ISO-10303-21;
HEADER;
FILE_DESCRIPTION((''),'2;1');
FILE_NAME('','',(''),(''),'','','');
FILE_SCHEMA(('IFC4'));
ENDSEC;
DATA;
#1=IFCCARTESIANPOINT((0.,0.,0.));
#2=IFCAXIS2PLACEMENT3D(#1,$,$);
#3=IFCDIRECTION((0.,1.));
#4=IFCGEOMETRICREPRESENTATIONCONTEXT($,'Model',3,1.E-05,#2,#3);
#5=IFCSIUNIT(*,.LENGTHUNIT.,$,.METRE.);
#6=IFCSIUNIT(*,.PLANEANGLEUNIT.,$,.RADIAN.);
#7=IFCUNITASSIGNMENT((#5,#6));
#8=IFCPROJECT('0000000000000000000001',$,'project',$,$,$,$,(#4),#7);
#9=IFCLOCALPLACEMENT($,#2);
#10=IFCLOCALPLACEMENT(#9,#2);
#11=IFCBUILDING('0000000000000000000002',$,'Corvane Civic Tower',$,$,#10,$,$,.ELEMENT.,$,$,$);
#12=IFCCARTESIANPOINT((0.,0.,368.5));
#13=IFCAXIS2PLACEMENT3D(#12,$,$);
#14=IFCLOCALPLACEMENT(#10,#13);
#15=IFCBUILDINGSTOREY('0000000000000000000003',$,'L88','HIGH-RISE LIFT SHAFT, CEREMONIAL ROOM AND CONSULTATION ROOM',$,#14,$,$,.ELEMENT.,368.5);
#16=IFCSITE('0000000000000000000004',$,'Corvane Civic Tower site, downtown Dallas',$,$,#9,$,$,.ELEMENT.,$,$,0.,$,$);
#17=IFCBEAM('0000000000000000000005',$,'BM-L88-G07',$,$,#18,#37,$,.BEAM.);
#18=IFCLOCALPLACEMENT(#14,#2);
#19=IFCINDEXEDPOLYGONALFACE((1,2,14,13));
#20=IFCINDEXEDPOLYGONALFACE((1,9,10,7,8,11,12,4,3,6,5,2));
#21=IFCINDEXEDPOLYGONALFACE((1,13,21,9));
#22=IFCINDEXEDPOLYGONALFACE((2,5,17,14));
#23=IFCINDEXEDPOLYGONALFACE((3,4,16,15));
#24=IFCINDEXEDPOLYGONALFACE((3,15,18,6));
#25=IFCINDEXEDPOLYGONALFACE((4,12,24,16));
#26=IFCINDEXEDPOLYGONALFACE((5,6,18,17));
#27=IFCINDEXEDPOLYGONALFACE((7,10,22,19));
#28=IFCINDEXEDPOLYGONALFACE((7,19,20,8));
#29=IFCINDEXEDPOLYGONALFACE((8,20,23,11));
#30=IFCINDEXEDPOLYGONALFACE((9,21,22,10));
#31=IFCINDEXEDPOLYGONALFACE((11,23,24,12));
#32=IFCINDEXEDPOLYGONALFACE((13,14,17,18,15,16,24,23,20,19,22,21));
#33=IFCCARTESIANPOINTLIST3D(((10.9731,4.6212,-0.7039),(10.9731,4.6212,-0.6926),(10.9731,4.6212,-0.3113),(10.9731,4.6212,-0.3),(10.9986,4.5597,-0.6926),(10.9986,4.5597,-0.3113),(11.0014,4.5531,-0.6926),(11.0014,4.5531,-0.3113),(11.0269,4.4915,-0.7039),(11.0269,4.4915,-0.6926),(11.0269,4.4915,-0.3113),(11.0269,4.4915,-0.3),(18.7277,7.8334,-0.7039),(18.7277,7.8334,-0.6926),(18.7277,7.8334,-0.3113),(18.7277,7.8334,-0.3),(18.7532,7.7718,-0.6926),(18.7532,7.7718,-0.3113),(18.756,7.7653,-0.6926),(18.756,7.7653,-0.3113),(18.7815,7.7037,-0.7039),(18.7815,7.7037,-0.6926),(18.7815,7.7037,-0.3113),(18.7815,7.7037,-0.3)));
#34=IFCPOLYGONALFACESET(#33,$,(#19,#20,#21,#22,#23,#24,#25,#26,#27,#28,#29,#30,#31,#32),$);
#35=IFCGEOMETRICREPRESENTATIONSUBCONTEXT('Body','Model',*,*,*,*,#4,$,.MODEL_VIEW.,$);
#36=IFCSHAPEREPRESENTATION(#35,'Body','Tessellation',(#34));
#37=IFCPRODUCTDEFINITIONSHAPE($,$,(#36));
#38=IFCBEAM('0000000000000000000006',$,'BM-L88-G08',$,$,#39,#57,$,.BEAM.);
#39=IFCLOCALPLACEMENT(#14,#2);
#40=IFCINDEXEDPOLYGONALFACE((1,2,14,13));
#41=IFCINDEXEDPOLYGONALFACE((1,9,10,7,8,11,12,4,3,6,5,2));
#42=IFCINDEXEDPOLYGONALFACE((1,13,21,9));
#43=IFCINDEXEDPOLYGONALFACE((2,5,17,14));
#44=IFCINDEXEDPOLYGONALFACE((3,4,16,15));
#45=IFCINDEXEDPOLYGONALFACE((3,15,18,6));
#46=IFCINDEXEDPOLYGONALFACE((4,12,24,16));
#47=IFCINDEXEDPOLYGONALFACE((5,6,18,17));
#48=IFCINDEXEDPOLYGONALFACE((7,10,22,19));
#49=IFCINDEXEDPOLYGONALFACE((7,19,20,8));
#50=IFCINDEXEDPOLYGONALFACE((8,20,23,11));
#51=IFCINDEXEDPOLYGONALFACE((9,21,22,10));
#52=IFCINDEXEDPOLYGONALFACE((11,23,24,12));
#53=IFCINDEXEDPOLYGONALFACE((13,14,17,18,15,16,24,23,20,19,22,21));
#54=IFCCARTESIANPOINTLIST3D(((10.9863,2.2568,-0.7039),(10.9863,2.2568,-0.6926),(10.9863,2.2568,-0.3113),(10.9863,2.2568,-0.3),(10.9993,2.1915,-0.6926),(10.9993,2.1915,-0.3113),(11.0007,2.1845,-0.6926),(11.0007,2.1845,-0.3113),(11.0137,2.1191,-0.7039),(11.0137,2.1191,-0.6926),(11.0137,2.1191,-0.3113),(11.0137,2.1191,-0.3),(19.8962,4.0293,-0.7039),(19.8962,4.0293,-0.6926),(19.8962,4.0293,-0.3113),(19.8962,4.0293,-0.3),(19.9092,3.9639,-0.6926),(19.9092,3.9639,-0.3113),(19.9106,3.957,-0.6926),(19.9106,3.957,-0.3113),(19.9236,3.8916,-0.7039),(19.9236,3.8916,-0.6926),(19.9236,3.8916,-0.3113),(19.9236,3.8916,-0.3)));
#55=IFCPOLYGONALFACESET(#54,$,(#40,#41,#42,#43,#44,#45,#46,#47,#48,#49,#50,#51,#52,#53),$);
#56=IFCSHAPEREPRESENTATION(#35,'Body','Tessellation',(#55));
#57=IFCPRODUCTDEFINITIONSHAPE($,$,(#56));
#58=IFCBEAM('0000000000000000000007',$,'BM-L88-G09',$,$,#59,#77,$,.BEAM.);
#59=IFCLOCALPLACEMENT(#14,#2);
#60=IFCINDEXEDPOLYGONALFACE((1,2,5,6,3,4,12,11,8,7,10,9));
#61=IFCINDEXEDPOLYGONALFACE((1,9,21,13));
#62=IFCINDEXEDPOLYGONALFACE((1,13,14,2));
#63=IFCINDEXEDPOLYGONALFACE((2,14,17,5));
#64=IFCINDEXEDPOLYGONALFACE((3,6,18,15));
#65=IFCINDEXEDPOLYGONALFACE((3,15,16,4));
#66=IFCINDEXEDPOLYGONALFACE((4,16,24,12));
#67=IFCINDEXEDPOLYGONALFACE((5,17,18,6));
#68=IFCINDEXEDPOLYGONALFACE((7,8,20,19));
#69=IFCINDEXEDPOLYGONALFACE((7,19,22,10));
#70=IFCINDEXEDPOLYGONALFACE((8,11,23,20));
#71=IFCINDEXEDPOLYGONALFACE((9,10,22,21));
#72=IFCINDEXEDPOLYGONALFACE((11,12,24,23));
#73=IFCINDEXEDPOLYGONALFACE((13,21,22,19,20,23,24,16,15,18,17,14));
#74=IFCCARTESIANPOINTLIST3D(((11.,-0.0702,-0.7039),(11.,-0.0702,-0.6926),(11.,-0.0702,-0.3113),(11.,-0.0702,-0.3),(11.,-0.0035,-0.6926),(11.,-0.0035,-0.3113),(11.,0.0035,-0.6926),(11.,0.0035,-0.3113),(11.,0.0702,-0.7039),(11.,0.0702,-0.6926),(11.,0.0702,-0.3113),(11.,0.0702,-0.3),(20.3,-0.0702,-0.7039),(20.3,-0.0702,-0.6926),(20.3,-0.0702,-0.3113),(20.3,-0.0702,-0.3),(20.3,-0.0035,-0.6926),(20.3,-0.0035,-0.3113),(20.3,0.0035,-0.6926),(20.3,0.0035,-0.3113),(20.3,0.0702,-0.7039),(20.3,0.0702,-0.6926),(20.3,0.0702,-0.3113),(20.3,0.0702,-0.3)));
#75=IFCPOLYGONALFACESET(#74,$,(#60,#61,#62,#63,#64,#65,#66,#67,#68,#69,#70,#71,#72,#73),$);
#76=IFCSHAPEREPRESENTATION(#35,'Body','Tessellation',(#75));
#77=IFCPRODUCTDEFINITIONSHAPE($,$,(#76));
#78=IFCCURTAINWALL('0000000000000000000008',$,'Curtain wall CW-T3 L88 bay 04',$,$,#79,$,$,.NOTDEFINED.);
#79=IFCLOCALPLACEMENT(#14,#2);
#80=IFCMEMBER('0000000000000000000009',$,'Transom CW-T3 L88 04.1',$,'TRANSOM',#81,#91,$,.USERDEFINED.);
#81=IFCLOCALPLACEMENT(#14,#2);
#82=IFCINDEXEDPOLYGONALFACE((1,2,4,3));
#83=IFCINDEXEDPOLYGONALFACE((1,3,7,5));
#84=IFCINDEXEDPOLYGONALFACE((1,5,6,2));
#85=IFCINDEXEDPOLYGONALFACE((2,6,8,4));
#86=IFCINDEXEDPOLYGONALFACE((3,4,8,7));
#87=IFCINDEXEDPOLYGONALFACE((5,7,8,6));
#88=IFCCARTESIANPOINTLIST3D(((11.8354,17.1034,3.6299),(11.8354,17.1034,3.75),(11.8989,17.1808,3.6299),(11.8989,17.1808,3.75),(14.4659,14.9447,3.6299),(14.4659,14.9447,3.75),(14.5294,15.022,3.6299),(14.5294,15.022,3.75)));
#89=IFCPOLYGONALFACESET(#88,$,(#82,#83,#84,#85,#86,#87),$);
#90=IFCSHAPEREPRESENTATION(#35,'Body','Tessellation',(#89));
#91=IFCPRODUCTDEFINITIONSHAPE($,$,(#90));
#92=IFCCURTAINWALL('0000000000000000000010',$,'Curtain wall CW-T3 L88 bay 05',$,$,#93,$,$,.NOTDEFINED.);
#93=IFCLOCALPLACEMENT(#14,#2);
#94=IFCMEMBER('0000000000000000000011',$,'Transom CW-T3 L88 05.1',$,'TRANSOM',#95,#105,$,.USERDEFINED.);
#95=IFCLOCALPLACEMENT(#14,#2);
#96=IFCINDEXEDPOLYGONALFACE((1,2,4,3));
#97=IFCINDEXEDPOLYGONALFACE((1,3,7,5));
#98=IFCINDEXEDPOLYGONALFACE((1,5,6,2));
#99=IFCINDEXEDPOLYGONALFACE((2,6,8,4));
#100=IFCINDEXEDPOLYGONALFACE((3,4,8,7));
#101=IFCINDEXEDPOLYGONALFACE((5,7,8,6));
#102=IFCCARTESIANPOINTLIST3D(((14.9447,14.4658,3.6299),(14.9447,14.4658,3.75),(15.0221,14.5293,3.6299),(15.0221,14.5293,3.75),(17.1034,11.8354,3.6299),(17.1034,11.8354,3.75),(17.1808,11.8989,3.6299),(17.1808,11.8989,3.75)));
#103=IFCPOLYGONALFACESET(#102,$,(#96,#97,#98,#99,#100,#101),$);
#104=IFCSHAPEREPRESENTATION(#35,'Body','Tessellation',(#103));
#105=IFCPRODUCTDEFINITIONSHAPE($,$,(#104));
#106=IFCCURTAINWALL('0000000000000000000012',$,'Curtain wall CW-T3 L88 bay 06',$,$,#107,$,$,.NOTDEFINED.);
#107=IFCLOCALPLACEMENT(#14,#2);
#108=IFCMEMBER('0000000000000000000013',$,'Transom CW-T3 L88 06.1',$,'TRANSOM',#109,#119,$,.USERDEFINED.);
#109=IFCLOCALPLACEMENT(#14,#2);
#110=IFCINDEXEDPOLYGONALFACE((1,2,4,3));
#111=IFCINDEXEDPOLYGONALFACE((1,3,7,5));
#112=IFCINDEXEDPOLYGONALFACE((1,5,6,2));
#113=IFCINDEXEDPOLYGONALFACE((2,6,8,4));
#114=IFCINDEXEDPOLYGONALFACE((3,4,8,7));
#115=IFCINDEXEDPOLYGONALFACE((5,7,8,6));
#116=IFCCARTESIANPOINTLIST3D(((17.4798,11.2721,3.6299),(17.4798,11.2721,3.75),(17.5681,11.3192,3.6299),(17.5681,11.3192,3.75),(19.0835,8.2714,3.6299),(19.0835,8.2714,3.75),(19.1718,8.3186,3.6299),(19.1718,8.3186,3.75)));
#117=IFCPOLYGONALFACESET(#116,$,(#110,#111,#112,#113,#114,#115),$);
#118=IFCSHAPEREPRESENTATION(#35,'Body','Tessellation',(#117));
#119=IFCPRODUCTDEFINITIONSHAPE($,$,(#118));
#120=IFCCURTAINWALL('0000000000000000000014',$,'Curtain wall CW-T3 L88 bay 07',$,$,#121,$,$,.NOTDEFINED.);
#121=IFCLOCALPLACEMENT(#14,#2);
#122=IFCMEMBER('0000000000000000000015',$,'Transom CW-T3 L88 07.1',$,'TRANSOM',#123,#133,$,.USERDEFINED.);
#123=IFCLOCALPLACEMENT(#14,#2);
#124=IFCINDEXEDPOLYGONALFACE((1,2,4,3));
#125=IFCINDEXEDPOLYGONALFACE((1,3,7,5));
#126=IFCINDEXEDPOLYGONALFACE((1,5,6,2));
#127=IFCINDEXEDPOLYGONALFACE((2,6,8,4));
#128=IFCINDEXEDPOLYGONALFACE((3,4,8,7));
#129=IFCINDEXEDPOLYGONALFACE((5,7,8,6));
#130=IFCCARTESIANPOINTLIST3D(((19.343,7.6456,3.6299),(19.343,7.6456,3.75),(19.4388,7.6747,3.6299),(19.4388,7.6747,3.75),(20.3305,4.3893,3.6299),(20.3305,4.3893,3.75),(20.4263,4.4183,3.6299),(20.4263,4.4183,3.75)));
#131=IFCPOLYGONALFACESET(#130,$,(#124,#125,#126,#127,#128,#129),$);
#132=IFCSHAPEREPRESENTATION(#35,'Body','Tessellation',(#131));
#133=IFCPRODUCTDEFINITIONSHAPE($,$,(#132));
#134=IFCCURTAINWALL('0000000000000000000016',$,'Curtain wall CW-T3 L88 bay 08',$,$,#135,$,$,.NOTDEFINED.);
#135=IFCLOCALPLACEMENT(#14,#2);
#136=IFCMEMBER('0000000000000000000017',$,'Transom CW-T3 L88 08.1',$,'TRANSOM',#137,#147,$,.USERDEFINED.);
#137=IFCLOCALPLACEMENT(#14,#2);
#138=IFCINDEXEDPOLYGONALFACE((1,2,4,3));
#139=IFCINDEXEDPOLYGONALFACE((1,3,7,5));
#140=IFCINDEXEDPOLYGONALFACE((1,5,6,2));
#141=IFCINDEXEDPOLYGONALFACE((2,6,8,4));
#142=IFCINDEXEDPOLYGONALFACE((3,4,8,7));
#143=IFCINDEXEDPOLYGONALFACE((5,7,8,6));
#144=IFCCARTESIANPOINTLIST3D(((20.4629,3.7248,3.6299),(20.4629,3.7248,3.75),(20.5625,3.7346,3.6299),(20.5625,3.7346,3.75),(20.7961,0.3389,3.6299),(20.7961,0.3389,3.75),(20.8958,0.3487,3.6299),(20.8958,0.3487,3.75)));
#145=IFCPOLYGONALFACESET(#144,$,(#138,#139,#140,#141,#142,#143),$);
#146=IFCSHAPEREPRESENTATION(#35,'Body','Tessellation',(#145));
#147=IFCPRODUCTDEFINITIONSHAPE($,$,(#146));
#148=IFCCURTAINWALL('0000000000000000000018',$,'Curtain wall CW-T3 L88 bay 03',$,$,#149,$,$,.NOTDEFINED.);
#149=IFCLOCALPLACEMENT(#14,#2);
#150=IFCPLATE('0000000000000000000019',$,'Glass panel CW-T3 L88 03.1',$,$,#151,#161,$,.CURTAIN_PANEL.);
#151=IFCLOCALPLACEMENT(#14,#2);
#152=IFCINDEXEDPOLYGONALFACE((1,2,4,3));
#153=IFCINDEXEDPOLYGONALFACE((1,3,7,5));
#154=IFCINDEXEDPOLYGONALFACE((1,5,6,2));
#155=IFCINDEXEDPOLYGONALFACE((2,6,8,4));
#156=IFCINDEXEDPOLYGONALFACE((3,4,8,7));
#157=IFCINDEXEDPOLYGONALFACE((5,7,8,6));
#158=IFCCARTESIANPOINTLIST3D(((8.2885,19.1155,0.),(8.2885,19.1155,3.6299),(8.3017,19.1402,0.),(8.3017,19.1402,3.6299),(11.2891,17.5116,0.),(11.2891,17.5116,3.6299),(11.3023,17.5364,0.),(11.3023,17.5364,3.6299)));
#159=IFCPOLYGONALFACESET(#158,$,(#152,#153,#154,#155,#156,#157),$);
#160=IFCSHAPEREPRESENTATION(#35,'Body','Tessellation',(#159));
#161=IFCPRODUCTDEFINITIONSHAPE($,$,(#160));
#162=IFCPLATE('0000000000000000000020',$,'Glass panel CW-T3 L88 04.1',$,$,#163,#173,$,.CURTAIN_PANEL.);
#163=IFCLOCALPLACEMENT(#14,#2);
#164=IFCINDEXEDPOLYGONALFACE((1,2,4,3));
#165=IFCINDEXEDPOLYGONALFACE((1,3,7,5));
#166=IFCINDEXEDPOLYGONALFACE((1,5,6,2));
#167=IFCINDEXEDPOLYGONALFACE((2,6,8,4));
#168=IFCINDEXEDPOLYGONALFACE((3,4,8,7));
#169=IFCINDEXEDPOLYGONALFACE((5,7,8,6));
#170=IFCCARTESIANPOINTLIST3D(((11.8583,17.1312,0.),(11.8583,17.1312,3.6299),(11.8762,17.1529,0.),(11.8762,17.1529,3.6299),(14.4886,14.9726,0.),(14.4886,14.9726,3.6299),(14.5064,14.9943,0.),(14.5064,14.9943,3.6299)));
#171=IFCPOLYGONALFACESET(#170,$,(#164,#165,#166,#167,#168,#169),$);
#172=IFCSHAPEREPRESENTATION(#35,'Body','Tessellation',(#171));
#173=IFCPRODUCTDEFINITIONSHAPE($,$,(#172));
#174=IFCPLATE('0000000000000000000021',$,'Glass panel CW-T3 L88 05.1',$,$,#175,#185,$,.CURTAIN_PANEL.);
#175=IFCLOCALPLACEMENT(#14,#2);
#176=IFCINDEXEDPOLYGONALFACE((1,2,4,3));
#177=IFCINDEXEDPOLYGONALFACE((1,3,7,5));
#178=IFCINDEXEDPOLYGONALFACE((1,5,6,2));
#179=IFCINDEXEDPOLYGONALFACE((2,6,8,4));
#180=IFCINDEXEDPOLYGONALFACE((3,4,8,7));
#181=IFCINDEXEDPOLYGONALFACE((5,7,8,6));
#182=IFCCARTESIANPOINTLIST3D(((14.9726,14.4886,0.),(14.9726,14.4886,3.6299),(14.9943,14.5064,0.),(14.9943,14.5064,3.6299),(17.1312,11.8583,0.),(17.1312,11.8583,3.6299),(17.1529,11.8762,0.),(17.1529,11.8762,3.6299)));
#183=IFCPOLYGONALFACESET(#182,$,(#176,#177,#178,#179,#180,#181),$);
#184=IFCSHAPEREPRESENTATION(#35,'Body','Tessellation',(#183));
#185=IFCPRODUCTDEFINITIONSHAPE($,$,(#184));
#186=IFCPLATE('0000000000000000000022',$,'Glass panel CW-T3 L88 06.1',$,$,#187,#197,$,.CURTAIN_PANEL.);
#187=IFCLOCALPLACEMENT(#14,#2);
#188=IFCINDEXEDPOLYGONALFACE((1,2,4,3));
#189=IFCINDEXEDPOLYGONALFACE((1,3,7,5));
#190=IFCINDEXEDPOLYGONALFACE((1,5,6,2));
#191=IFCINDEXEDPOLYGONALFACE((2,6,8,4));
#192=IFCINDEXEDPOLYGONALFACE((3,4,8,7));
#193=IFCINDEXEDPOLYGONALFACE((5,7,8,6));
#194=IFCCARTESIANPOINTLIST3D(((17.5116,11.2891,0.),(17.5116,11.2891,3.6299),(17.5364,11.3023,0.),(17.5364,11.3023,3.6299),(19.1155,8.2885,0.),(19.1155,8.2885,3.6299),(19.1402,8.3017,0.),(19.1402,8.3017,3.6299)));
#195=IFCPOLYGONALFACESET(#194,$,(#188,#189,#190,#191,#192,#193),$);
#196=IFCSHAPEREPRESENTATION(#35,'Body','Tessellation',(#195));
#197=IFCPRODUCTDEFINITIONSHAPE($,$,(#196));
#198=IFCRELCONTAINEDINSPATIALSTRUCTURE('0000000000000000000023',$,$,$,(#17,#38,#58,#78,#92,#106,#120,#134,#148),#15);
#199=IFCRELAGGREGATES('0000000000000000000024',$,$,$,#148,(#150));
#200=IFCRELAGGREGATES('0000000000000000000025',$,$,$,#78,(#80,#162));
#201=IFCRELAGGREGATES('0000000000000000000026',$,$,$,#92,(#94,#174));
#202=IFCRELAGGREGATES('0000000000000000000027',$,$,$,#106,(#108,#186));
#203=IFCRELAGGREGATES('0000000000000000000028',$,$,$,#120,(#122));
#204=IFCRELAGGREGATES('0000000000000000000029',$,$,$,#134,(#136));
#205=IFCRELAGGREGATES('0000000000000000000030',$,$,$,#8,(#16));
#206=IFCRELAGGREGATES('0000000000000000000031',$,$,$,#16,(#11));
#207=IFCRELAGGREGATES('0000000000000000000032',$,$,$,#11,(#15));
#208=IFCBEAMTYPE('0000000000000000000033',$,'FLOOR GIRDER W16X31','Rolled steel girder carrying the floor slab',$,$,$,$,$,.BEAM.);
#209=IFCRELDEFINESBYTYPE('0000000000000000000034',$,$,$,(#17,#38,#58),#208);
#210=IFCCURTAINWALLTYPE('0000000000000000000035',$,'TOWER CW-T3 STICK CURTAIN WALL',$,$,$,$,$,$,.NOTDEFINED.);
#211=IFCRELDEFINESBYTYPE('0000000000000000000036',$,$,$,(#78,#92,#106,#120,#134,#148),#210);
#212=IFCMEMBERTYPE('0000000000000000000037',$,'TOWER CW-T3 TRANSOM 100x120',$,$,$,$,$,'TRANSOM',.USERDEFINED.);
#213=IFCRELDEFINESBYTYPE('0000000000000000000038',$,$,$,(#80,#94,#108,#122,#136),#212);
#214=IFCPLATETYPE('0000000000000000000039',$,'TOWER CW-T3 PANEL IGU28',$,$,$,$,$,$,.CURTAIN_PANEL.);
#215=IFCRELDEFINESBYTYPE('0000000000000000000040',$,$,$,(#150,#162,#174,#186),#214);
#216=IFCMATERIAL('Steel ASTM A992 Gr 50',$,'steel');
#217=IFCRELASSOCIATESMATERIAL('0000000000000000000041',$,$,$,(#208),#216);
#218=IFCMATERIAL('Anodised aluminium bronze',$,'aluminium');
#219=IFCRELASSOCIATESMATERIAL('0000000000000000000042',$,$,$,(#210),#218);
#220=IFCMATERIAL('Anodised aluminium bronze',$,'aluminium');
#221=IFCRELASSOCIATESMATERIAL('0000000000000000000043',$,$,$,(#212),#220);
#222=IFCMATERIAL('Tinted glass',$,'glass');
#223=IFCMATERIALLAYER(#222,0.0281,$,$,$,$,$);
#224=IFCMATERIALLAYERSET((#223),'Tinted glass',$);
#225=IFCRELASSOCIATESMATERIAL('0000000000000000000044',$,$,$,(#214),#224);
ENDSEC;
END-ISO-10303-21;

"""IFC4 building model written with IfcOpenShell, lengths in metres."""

from ifc_helpers import new_model, si_unit, direction, frame, origin, origin_2d, place, context, subcontext, project, spatial, rectangle, i_section, extrude, material, layer, layer_set, material_profile, profile_set, type_object, element, aggregate, save


model = new_model("IFC4")

# Units and contexts
model_context = context("Model", 3, precision=1e-05, world=origin(), true_north=direction((0.0, 1.0)))
body_context = subcontext(model_context, "Body", "Model", "MODEL_VIEW")
ifc_project = project(units=[si_unit("LENGTHUNIT", "METRE"), si_unit("PLANEANGLEUNIT", "RADIAN")], contexts=[model_context])

# Site, building, storey
site_placement = place(None, origin())
site = spatial("IfcSite", under=ifc_project, at=site_placement, Name="Corvane Civic Tower site, downtown Dallas", CompositionType="ELEMENT", RefElevation=0.0)
building_placement = place(site_placement, origin())
building = spatial("IfcBuilding", under=site, at=building_placement, Name="Corvane Civic Tower", CompositionType="ELEMENT")
storey_placement = place(building_placement, frame((0.0, 0.0, 368.5)))
storey = spatial("IfcBuildingStorey", under=building, at=storey_placement, Name="L88", Description="HIGH-RISE LIFT SHAFT, CEREMONIAL ROOM AND CONSULTATION ROOM", CompositionType="ELEMENT", Elevation=368.5)

# Beams
ifc_material_1 = material(Name="Steel ASTM A992 Gr 50", Category="steel")
ifc_material_profile_1 = material_profile(ifc_material_1, i_section(OverallWidth=0.1404, OverallDepth=0.4038, WebThickness=0.0071, FlangeThickness=0.0112, at=origin_2d()), Name="W16X31")
ifc_profile_set_1 = profile_set([ifc_material_profile_1], Name="Steel ASTM A992 Gr 50")
beam_type_1 = type_object("IfcBeamType", Name="FLOOR GIRDER W16X31", Description="Rolled steel girder carrying the floor slab", PredefinedType="BEAM", material=ifc_profile_set_1)
beam_1_placement = place(storey_placement, frame((11.0, 4.5564, -0.502), z_axis=(0.923876, 0.382692, 0.0), x_axis=(-0.382692, 0.923876, 0.0)))
element("IfcBeam", 1, at=beam_1_placement, inside=storey, type_object=beam_type_1, Name="BM-L88-G07", PredefinedType="BEAM", context=body_context, shape_type="SweptSolid", body=[
    extrude(i_section(OverallWidth=0.1404, OverallDepth=0.4038, WebThickness=0.0071, FlangeThickness=0.0112, at=origin_2d()), origin(), (0.0, 0.0, 1.0), 8.3936),
])
beam_2_placement = place(storey_placement, frame((11.0, 2.188, -0.502), z_axis=(0.980782, 0.195108, 0.0), x_axis=(-0.195108, 0.980782, 0.0)))
element("IfcBeam", 2, at=beam_2_placement, inside=storey, type_object=beam_type_1, Name="BM-L88-G08", PredefinedType="BEAM", context=body_context, shape_type="SweptSolid", body=[
    extrude(i_section(OverallWidth=0.1404, OverallDepth=0.4038, WebThickness=0.0071, FlangeThickness=0.0112, at=origin_2d()), origin(), (0.0, 0.0, 1.0), 9.0845),
])
beam_3_placement = place(storey_placement, frame((11.0, 0.0, -0.502), z_axis=(1.0, 0.0, 0.0), x_axis=(0.0, 1.0, 0.0)))
element("IfcBeam", 3, at=beam_3_placement, inside=storey, type_object=beam_type_1, Name="BM-L88-G09", PredefinedType="BEAM", context=body_context, shape_type="SweptSolid", body=[
    extrude(i_section(OverallWidth=0.1404, OverallDepth=0.4038, WebThickness=0.0071, FlangeThickness=0.0112, at=origin_2d()), origin(), (0.0, 0.0, 1.0), 9.3),
])

# Curtain walls, members
ifc_material_2 = material(Name="Anodised aluminium bronze", Category="aluminium")
curtain_wall_type = type_object("IfcCurtainWallType", Name="TOWER CW-T3 STICK CURTAIN WALL", PredefinedType="NOTDEFINED", material=ifc_material_2)
curtain_wall_1_placement = place(storey_placement, origin())
curtain_wall_1 = element("IfcCurtainWall", 4, at=curtain_wall_1_placement, inside=storey, type_object=curtain_wall_type, Name="Curtain wall CW-T3 L88 bay 04", PredefinedType="NOTDEFINED")
ifc_material_3 = material(Name="Anodised aluminium bronze", Category="aluminium")
ifc_material_profile_2 = material_profile(ifc_material_3, rectangle(XDim=0.1001, YDim=0.1201, at=origin_2d()), Name="TOWER CW-T3 TRANSOM 100x120")
ifc_profile_set_2 = profile_set([ifc_material_profile_2], Name="Anodised aluminium bronze")
member_type = type_object("IfcMemberType", Name="TOWER CW-T3 TRANSOM 100x120", ElementType="TRANSOM", PredefinedType="USERDEFINED", material=ifc_profile_set_2)
member_1_placement = place(storey_placement, frame((11.8672, 17.1421, 3.6899), z_axis=(0.77301, -0.634394, 0.0), x_axis=(0.634394, 0.77301, 0.0)))
member_1 = element("IfcMember", 5, at=member_1_placement, type_object=member_type, Name="Transom CW-T3 L88 04.1", ObjectType="TRANSOM", PredefinedType="USERDEFINED", context=body_context, shape_type="SweptSolid", body=[
    extrude(rectangle(XDim=0.1001, YDim=0.1201, at=origin_2d()), origin(), (0.0, 0.0, 1.0), 3.4028),
])
curtain_wall_2_placement = place(storey_placement, origin())
curtain_wall_2 = element("IfcCurtainWall", 6, at=curtain_wall_2_placement, inside=storey, type_object=curtain_wall_type, Name="Curtain wall CW-T3 L88 bay 05", PredefinedType="NOTDEFINED")
member_2_placement = place(storey_placement, frame((14.9834, 14.4976, 3.6899), z_axis=(0.634394, -0.77301, 0.0), x_axis=(0.77301, 0.634394, 0.0)))
member_2 = element("IfcMember", 7, at=member_2_placement, type_object=member_type, Name="Transom CW-T3 L88 05.1", ObjectType="TRANSOM", PredefinedType="USERDEFINED", context=body_context, shape_type="SweptSolid", body=[
    extrude(rectangle(XDim=0.1001, YDim=0.1201, at=origin_2d()), origin(), (0.0, 0.0, 1.0), 3.4028),
])
curtain_wall_3_placement = place(storey_placement, origin())
curtain_wall_3 = element("IfcCurtainWall", 8, at=curtain_wall_3_placement, inside=storey, type_object=curtain_wall_type, Name="Curtain wall CW-T3 L88 bay 06", PredefinedType="NOTDEFINED")
member_3_placement = place(storey_placement, frame((17.5239, 11.2957, 3.6899), z_axis=(0.471359, -0.881941, 0.0), x_axis=(0.881941, 0.471359, 0.0)))
member_3 = element("IfcMember", 9, at=member_3_placement, type_object=member_type, Name="Transom CW-T3 L88 06.1", ObjectType="TRANSOM", PredefinedType="USERDEFINED", context=body_context, shape_type="SweptSolid", body=[
    extrude(rectangle(XDim=0.1001, YDim=0.1201, at=origin_2d()), origin(), (0.0, 0.0, 1.0), 3.4023),
])
curtain_wall_4_placement = place(storey_placement, origin())
curtain_wall_4 = element("IfcCurtainWall", 10, at=curtain_wall_4_placement, inside=storey, type_object=curtain_wall_type, Name="Curtain wall CW-T3 L88 bay 07", PredefinedType="NOTDEFINED")
member_4_placement = place(storey_placement, frame((19.3909, 7.6602, 3.6899), z_axis=(0.290216, -0.956961, 0.0), x_axis=(0.956961, 0.290216, 0.0)))
member_4 = element("IfcMember", 11, at=member_4_placement, type_object=member_type, Name="Transom CW-T3 L88 07.1", ObjectType="TRANSOM", PredefinedType="USERDEFINED", context=body_context, shape_type="SweptSolid", body=[
    extrude(rectangle(XDim=0.1001, YDim=0.1201, at=origin_2d()), origin(), (0.0, 0.0, 1.0), 3.4028),
])
curtain_wall_5_placement = place(storey_placement, origin())
curtain_wall_5 = element("IfcCurtainWall", 12, at=curtain_wall_5_placement, inside=storey, type_object=curtain_wall_type, Name="Curtain wall CW-T3 L88 bay 08", PredefinedType="NOTDEFINED")
member_5_placement = place(storey_placement, frame((20.5127, 3.7297, 3.6899), z_axis=(0.097948, -0.995192, 0.0), x_axis=(0.995192, 0.097948, 0.0)))
member_5 = element("IfcMember", 13, at=member_5_placement, type_object=member_type, Name="Transom CW-T3 L88 08.1", ObjectType="TRANSOM", PredefinedType="USERDEFINED", context=body_context, shape_type="SweptSolid", body=[
    extrude(rectangle(XDim=0.1001, YDim=0.1201, at=origin_2d()), origin(), (0.0, 0.0, 1.0), 3.4023),
])

# Curtain wall, plate
curtain_wall_6_placement = place(storey_placement, origin())
curtain_wall_6 = element("IfcCurtainWall", 14, at=curtain_wall_6_placement, inside=storey, type_object=curtain_wall_type, Name="Curtain wall CW-T3 L88 bay 03", PredefinedType="NOTDEFINED")
ifc_material_4 = material(Name="Tinted glass", Category="glass")
ifc_layer_1 = layer(ifc_material_4, 0.0281)
ifc_layer_set_1 = layer_set([ifc_layer_1], Name="Tinted glass")
plate_type = type_object("IfcPlateType", Name="TOWER CW-T3 PANEL IGU28", PredefinedType="CURTAIN_PANEL", material=ifc_layer_set_1)
plate_1_placement = place(storey_placement, frame((9.7954, 18.3259, 0.0), z_axis=(0.0, 0.0, 1.0), x_axis=(0.881928, -0.471384, 0.0)))
plate_1 = element("IfcPlate", 15, at=plate_1_placement, type_object=plate_type, Name="Glass panel CW-T3 L88 03.1", PredefinedType="CURTAIN_PANEL", context=body_context, shape_type="SweptSolid", body=[
    extrude(rectangle(XDim=3.4023, YDim=0.0281, at=origin_2d()), origin(), (0.0, 0.0, 1.0), 3.6299),
])
aggregate(curtain_wall_6, [plate_1])

# Plates
plate_2_placement = place(storey_placement, frame((13.1824, 16.0627, 0.0), z_axis=(0.0, 0.0, 1.0), x_axis=(0.77301, -0.634393, 0.0)))
plate_2 = element("IfcPlate", 16, at=plate_2_placement, type_object=plate_type, Name="Glass panel CW-T3 L88 04.1", PredefinedType="CURTAIN_PANEL", context=body_context, shape_type="SweptSolid", body=[
    extrude(rectangle(XDim=3.4026, YDim=0.0281, at=origin_2d()), origin(), (0.0, 0.0, 1.0), 3.6299),
])
aggregate(curtain_wall_1, [member_1, plate_2])
plate_3_placement = place(storey_placement, frame((16.0627, 13.1824, 0.0), z_axis=(0.0, 0.0, 1.0), x_axis=(0.634393, -0.77301, 0.0)))
plate_3 = element("IfcPlate", 17, at=plate_3_placement, type_object=plate_type, Name="Glass panel CW-T3 L88 05.1", PredefinedType="CURTAIN_PANEL", context=body_context, shape_type="SweptSolid", body=[
    extrude(rectangle(XDim=3.4026, YDim=0.0281, at=origin_2d()), origin(), (0.0, 0.0, 1.0), 3.6299),
])
aggregate(curtain_wall_2, [member_2, plate_3])
plate_4_placement = place(storey_placement, frame((18.3259, 9.7954, 0.0), z_axis=(0.0, 0.0, 1.0), x_axis=(0.471384, -0.881928, 0.0)))
plate_4 = element("IfcPlate", 18, at=plate_4_placement, type_object=plate_type, Name="Glass panel CW-T3 L88 06.1", PredefinedType="CURTAIN_PANEL", context=body_context, shape_type="SweptSolid", body=[
    extrude(rectangle(XDim=3.4023, YDim=0.0281, at=origin_2d()), origin(), (0.0, 0.0, 1.0), 3.6299),
])
aggregate(curtain_wall_3, [member_3, plate_4])
aggregate(curtain_wall_4, [member_4])
aggregate(curtain_wall_5, [member_5])

save(model, "model.ifc")
